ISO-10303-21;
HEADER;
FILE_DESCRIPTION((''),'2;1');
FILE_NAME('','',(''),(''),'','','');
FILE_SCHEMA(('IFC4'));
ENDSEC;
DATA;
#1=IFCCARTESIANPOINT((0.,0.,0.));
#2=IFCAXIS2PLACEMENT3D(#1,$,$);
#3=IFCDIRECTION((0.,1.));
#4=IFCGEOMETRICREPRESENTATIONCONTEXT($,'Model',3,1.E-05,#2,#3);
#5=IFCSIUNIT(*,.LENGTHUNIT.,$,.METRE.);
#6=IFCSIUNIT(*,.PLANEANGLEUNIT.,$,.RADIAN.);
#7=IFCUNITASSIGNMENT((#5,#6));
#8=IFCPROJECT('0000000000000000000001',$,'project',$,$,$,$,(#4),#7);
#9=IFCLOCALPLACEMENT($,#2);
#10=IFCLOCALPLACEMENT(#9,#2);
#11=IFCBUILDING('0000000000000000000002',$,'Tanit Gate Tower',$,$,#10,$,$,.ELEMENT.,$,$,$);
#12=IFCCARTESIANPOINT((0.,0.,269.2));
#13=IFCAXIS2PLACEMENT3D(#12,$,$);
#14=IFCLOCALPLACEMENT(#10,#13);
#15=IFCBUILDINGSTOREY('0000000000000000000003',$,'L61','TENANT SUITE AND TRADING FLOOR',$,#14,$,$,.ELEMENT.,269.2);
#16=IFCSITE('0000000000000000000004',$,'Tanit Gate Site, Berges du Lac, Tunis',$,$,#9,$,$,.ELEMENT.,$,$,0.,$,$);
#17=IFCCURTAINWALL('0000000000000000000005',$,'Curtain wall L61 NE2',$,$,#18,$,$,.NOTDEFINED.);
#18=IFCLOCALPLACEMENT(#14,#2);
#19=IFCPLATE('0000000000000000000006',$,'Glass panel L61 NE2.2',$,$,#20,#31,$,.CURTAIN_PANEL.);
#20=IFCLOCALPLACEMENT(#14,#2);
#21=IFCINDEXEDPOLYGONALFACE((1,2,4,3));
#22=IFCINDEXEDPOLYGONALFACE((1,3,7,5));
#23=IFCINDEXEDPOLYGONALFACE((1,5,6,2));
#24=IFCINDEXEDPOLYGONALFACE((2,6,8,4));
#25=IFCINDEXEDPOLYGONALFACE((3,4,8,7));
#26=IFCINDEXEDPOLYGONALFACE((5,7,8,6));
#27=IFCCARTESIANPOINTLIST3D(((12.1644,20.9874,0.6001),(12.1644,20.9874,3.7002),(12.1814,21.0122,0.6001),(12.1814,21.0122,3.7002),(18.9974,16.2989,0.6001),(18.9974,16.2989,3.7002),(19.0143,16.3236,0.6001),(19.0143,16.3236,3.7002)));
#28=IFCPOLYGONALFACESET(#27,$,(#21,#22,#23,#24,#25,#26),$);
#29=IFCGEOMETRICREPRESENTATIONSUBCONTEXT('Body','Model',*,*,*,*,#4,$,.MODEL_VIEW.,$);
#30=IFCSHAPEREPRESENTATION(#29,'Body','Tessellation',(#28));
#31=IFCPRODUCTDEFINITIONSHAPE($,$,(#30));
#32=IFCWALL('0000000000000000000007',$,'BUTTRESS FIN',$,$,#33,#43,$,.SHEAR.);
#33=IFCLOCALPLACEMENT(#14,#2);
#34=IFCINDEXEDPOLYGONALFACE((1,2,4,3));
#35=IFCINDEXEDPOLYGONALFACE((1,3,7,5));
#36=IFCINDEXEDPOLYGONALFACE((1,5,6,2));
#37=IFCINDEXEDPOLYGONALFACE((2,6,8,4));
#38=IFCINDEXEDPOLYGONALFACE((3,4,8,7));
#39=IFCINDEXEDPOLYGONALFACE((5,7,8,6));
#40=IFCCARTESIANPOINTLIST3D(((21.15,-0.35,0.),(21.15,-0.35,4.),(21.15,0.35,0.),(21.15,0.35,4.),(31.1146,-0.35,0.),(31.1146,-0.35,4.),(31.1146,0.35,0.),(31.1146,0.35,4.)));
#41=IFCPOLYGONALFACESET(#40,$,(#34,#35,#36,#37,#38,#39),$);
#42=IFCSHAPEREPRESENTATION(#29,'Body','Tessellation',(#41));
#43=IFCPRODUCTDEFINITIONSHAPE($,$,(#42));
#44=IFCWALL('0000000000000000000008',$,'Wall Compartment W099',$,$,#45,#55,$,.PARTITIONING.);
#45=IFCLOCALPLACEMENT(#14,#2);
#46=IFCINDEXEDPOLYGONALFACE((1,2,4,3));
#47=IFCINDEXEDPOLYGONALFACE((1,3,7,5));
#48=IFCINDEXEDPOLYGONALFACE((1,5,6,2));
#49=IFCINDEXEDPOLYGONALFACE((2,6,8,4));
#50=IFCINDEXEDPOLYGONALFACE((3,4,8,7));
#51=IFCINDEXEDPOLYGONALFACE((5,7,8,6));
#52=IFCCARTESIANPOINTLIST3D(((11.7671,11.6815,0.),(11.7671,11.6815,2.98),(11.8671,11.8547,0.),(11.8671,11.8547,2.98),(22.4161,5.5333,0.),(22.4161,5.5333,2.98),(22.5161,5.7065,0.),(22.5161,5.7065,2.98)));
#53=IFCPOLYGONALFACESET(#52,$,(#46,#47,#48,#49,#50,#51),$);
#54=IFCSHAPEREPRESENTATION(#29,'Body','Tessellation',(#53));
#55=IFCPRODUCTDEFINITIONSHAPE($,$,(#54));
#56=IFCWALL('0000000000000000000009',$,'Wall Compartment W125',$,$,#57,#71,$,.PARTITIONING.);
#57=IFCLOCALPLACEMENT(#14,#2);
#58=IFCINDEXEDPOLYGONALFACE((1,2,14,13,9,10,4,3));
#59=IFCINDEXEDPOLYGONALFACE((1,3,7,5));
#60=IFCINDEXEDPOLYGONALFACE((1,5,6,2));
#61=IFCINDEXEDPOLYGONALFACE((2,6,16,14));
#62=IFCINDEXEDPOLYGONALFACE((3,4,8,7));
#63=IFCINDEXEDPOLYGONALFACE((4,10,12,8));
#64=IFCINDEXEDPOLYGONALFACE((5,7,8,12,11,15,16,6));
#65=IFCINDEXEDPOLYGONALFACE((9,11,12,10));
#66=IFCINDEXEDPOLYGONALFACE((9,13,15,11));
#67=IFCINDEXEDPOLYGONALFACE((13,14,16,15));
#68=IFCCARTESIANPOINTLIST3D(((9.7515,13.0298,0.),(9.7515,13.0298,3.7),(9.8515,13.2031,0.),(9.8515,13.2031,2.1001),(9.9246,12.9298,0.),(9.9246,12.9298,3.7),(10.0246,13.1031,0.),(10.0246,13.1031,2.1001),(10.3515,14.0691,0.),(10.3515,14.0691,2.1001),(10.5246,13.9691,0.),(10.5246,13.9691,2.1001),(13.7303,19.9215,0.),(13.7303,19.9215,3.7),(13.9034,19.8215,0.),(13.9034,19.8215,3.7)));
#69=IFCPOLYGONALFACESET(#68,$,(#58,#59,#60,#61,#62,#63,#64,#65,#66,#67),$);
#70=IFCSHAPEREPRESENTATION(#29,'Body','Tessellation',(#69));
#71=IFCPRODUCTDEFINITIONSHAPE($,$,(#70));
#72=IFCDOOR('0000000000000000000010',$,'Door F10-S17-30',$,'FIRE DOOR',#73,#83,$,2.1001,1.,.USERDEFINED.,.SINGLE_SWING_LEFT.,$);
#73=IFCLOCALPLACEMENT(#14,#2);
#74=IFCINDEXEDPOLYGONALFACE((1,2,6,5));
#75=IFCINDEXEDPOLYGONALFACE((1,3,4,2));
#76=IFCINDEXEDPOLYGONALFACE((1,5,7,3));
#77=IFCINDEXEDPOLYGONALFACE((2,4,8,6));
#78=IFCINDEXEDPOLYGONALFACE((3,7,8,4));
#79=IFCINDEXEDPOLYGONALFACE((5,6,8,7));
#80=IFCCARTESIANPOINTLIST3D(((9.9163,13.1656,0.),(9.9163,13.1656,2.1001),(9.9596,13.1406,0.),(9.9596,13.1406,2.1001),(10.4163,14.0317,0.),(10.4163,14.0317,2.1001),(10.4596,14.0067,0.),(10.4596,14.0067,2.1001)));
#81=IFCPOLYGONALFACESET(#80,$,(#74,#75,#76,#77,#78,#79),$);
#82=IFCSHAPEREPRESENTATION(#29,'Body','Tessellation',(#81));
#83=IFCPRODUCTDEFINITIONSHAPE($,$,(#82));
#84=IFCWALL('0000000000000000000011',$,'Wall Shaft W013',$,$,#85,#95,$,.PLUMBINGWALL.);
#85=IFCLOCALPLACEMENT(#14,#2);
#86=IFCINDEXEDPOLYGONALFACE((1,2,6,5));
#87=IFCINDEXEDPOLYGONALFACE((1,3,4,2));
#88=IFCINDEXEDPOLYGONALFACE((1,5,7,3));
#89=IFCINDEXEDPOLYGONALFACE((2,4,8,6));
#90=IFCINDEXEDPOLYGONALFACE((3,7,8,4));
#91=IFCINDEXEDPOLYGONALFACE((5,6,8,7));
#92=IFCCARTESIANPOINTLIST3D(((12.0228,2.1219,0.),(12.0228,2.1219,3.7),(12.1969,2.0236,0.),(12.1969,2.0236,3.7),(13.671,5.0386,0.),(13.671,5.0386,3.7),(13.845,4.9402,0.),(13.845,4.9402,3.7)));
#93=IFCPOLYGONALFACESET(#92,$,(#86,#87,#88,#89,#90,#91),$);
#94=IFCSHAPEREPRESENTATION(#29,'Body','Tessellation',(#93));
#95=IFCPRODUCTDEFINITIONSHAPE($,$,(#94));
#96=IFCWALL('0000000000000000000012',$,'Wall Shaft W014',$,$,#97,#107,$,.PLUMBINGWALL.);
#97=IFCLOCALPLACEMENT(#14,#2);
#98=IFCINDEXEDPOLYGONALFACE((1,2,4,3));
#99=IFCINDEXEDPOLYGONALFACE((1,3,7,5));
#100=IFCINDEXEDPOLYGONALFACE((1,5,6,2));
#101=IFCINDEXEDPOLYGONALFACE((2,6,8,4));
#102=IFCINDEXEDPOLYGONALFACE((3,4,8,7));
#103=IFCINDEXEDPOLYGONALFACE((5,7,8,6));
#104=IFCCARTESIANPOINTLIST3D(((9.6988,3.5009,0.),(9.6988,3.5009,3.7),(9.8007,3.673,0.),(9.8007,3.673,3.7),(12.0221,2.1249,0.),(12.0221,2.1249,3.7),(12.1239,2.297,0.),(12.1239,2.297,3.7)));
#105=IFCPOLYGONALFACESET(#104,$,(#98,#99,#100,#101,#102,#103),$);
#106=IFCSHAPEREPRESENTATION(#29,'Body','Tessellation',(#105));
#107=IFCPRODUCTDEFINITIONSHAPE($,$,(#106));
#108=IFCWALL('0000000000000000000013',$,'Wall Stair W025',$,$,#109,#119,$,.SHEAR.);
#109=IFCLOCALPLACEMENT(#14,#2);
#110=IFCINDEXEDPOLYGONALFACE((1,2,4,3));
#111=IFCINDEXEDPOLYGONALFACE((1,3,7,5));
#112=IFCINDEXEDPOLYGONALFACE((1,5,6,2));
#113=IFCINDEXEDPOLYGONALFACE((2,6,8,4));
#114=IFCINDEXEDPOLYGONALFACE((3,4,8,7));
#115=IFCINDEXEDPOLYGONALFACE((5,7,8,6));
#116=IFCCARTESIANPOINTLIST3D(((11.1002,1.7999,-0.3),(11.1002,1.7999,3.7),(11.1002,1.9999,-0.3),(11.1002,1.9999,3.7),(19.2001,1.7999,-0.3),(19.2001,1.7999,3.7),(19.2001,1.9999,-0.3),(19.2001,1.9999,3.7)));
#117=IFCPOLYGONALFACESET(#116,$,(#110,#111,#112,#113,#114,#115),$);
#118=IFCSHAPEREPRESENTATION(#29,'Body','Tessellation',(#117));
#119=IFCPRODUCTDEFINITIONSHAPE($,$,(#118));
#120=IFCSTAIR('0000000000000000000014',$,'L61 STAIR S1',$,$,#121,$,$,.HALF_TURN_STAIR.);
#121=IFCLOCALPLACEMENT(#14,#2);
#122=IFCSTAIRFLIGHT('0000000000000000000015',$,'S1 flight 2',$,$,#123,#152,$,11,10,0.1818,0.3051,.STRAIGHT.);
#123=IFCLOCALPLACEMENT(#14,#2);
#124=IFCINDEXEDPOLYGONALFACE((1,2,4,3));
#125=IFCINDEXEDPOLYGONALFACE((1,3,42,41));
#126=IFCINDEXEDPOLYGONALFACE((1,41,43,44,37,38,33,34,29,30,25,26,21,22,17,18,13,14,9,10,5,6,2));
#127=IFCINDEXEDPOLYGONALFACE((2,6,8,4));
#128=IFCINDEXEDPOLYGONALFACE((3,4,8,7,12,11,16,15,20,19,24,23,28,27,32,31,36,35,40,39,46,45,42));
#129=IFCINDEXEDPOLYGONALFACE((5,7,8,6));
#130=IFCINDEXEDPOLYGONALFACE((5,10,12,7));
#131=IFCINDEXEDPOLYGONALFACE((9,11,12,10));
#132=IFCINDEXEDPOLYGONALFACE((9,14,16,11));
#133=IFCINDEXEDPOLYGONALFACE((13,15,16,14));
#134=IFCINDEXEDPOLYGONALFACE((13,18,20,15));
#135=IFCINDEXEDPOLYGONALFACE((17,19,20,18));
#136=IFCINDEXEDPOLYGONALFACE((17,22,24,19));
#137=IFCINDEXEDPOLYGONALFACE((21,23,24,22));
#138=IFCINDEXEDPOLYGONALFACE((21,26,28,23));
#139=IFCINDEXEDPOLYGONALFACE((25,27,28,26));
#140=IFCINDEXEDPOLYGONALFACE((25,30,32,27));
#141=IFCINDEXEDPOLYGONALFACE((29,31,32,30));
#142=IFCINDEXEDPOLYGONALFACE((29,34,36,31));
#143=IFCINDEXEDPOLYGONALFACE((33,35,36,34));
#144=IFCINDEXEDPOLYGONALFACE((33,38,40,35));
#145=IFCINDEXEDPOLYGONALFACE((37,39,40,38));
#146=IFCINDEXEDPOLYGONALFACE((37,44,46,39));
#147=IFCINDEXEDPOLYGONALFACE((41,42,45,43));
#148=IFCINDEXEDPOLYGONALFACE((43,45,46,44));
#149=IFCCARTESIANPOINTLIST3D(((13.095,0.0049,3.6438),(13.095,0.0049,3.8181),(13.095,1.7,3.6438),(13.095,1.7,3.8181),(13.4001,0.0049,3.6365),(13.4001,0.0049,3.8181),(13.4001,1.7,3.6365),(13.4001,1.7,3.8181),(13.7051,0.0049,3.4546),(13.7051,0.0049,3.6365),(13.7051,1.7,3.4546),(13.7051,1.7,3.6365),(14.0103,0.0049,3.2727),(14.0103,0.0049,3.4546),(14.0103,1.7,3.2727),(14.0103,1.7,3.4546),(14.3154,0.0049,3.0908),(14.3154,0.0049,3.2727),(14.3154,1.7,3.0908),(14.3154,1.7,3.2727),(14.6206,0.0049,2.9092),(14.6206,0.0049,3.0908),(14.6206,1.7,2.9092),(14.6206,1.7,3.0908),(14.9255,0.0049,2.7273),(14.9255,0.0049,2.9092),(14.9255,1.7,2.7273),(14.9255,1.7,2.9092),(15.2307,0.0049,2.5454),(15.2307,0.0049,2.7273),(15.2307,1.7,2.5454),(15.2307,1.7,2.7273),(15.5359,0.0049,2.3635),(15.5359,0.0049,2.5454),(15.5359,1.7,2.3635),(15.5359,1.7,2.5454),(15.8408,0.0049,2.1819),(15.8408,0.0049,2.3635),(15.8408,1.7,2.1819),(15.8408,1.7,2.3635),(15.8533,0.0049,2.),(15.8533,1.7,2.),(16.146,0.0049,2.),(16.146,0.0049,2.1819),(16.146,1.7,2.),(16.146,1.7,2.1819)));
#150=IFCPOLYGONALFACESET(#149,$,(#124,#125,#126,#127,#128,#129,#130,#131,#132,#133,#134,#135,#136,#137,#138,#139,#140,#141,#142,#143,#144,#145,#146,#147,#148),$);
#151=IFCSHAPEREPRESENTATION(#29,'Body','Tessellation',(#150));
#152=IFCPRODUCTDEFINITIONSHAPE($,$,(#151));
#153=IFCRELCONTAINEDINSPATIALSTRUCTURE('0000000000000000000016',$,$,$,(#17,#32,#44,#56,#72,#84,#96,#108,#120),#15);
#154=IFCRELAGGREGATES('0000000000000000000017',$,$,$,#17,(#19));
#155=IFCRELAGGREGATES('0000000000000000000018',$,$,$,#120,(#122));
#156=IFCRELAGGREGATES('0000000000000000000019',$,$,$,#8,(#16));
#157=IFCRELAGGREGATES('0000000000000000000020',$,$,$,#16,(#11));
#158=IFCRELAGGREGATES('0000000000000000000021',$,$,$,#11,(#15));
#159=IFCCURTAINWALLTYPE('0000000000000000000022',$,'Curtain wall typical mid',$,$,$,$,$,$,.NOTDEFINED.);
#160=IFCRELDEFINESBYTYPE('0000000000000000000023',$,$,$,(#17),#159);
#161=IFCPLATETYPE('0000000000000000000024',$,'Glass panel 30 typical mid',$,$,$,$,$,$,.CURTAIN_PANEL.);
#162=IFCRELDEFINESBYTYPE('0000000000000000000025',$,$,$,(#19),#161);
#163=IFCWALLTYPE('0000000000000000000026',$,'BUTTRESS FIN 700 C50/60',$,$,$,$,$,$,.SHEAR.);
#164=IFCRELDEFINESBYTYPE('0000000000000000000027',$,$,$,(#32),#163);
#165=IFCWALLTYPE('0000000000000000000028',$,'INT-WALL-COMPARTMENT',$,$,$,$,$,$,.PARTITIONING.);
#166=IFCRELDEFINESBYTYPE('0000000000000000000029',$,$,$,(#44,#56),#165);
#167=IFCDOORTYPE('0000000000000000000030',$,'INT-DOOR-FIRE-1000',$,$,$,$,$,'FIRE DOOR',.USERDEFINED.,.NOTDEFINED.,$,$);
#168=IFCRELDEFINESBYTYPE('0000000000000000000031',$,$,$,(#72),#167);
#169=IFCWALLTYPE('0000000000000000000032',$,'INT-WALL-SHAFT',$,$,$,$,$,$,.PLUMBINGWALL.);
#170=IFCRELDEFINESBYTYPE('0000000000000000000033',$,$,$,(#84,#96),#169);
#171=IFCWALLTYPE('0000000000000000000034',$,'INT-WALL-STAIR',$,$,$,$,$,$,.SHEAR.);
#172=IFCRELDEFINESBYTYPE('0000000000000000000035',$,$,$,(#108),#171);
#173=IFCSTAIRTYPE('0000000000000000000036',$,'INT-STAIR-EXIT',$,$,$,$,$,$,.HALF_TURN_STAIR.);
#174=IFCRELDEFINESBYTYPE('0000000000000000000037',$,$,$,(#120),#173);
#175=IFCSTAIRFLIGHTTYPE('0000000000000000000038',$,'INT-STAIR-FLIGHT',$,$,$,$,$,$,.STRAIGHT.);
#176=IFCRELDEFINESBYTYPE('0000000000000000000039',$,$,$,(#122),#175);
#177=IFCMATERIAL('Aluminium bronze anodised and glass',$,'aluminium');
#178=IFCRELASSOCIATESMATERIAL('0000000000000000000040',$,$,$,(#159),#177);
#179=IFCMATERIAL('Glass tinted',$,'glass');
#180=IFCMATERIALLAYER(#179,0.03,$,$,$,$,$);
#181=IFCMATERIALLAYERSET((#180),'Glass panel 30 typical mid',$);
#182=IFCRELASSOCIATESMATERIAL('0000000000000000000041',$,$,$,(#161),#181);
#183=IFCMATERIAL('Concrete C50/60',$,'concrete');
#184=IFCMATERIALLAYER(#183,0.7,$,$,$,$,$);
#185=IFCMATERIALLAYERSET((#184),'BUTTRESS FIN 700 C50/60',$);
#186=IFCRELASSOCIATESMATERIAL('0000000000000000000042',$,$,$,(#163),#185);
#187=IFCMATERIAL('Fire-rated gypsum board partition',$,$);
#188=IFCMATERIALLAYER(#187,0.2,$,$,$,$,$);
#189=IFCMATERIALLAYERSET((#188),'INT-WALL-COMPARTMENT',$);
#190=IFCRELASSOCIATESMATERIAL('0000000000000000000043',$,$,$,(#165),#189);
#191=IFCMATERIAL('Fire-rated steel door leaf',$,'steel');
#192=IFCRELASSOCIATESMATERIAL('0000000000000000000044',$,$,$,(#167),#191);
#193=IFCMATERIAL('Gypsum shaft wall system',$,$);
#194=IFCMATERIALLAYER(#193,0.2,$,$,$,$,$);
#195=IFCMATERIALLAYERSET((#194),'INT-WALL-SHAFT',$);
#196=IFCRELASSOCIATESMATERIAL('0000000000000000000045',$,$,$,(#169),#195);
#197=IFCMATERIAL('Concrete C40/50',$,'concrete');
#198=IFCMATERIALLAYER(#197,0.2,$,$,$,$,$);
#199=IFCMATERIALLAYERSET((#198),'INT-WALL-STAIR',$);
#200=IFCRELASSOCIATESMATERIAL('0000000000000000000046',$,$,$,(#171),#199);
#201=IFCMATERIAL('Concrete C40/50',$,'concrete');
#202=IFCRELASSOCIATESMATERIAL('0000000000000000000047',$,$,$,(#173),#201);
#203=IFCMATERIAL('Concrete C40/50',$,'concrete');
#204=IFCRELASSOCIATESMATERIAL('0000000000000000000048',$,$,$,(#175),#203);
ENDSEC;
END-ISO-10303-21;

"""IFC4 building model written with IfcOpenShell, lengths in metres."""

from ifc_helpers import new_model, si_unit, direction, frame, frame_2d, origin, origin_2d, place, context, subcontext, project, spatial, polyline, rectangle, outline, extrude, material, layer, layer_set, type_object, element, fill, aggregate, save


model = new_model("IFC4")

# Units and contexts
model_context = context("Model", 3, precision=1e-05, world=origin(), true_north=direction((0.0, 1.0)))
body_context = subcontext(model_context, "Body", "Model", "MODEL_VIEW")
ifc_project = project(units=[si_unit("LENGTHUNIT", "METRE"), si_unit("PLANEANGLEUNIT", "RADIAN")], contexts=[model_context])

# Site, building, storey
site_placement = place(None, origin())
site = spatial("IfcSite", under=ifc_project, at=site_placement, Name="Tanit Gate Site, Berges du Lac, Tunis", CompositionType="ELEMENT", RefElevation=0.0)
building_placement = place(site_placement, origin())
building = spatial("IfcBuilding", under=site, at=building_placement, Name="Tanit Gate Tower", CompositionType="ELEMENT")
storey_placement = place(building_placement, frame((0.0, 0.0, 269.2)))
storey = spatial("IfcBuildingStorey", under=building, at=storey_placement, Name="L61", Description="TENANT SUITE AND TRADING FLOOR", CompositionType="ELEMENT", Elevation=269.2)

# Curtain wall
ifc_material_1 = material(Name="Aluminium bronze anodised and glass", Category="aluminium")
curtain_wall_type = type_object("IfcCurtainWallType", Name="Curtain wall typical mid", PredefinedType="NOTDEFINED", material=ifc_material_1)
curtain_wall_placement = place(storey_placement, origin())
curtain_wall = element("IfcCurtainWall", 1, at=curtain_wall_placement, inside=storey, type_object=curtain_wall_type, Name="Curtain wall L61 NE2", PredefinedType="NOTDEFINED")

# Plate
ifc_material_2 = material(Name="Glass tinted", Category="glass")
ifc_layer_1 = layer(ifc_material_2, 0.03)
ifc_layer_set_1 = layer_set([ifc_layer_1], Name="Glass panel 30 typical mid")
plate_type = type_object("IfcPlateType", Name="Glass panel 30 typical mid", PredefinedType="CURTAIN_PANEL", material=ifc_layer_set_1)
plate_1_placement = place(storey_placement, frame((15.5894, 18.6555, 0.6001), z_axis=(0.0, 0.0, 1.0), x_axis=(-0.824557, 0.56578, 0.0)))
plate_1 = element("IfcPlate", 2, at=plate_1_placement, type_object=plate_type, Name="Glass panel L61 NE2.2", PredefinedType="CURTAIN_PANEL", context=body_context, shape_type="SweptSolid", body=[
    extrude(rectangle(XDim=8.2869, YDim=0.03, at=origin_2d()), origin(), (0.0, 0.0, 1.0), 3.1001),
])
aggregate(curtain_wall, [plate_1])

# Wall
ifc_material_3 = material(Name="Concrete C50/60", Category="concrete")
ifc_layer_2 = layer(ifc_material_3, 0.7)
ifc_layer_set_2 = layer_set([ifc_layer_2], Name="BUTTRESS FIN 700 C50/60")
wall_type_1 = type_object("IfcWallType", Name="BUTTRESS FIN 700 C50/60", PredefinedType="SHEAR", material=ifc_layer_set_2)
wall_1_placement = place(storey_placement, frame((21.1499, 0.0, 0.0), z_axis=(0.0, 0.0, 1.0), x_axis=(1.0, 0.0, 0.0)))
element("IfcWall", 3, at=wall_1_placement, inside=storey, type_object=wall_type_1, Name="BUTTRESS FIN", PredefinedType="SHEAR", context=body_context, shape_type="SweptSolid", body=[
    extrude(rectangle(XDim=9.9646, YDim=0.7, at=frame_2d((4.9824, 0.0))), origin(), (0.0, 0.0, 1.0), 4.0),
])

# Wall
ifc_material_4 = material(Name="Fire-rated gypsum board partition")
ifc_layer_3 = layer(ifc_material_4, 0.2)
ifc_layer_set_3 = layer_set([ifc_layer_3], Name="INT-WALL-COMPARTMENT")
wall_type_2 = type_object("IfcWallType", Name="INT-WALL-COMPARTMENT", PredefinedType="PARTITIONING", material=ifc_layer_set_3)
wall_2_placement = place(storey_placement, frame((22.4661, 5.6199, 0.0), z_axis=(0.0, 0.0, 1.0), x_axis=(-0.866024, 0.500002, 0.0)))
element("IfcWall", 4, at=wall_2_placement, inside=storey, type_object=wall_type_2, Name="Wall Compartment W099", PredefinedType="PARTITIONING", context=body_context, shape_type="SweptSolid", body=[
    extrude(rectangle(XDim=12.2964, YDim=0.2, at=frame_2d((6.1482, 0.0))), origin(), (0.0, 0.0, 1.0), 2.98),
])

# Wall, opening, door
wall_3_placement = place(storey_placement, frame((13.8169, 19.8716, 0.0), z_axis=(0.0, 0.0, 1.0), x_axis=(-0.49999, -0.866031, 0.0)))
wall_3 = element("IfcWall", 5, at=wall_3_placement, inside=storey, type_object=wall_type_2, Name="Wall Compartment W125", PredefinedType="PARTITIONING", context=body_context, shape_type="SweptSolid", body=[
    extrude(rectangle(XDim=7.9578, YDim=0.2, at=frame_2d((3.979, 0.0))), origin(), (0.0, 0.0, 1.0), 3.7),
])
opening_1_placement = place(wall_3_placement, frame((6.7578, 0.0, 0.0)))
opening_1 = element("IfcOpeningElement", 6, at=opening_1_placement, cuts=wall_3, PredefinedType="OPENING", context=body_context, shape_type="SweptSolid", body=[
    extrude(rectangle(XDim=1.0, YDim=2.1001, at=frame_2d((0.5, 1.05))), frame((0.0, 0.1099, 0.0), z_axis=(0.0, -1.0, 0.0), x_axis=(1.0, 0.0, 0.0)), (0.0, 0.0, 1.0), 0.22),
])
ifc_material_5 = material(Name="Fire-rated steel door leaf", Category="steel")
door_type_1 = type_object("IfcDoorType", Name="INT-DOOR-FIRE-1000", ElementType="FIRE DOOR", OperationType="NOTDEFINED", PredefinedType="USERDEFINED", material=ifc_material_5)
door_1_placement = place(opening_1_placement, origin())
door_1 = element("IfcDoor", 7, at=door_1_placement, inside=storey, type_object=door_type_1, Name="Door F10-S17-30", ObjectType="FIRE DOOR", OperationType="SINGLE_SWING_LEFT", OverallHeight=2.1001, OverallWidth=1.0, PredefinedType="USERDEFINED", context=body_context, shape_type="SweptSolid", body=[
    extrude(rectangle(XDim=1.0, YDim=2.1001, at=frame_2d((0.5, 1.05))), frame((0.0, 0.0249, 0.0), z_axis=(0.0, -1.0, 0.0), x_axis=(1.0, 0.0, 0.0)), (0.0, 0.0, 1.0), 0.05),
])
fill(opening_1, door_1)

# Walls
ifc_material_6 = material(Name="Gypsum shaft wall system")
ifc_layer_4 = layer(ifc_material_6, 0.2)
ifc_layer_set_4 = layer_set([ifc_layer_4], Name="INT-WALL-SHAFT")
wall_type_3 = type_object("IfcWallType", Name="INT-WALL-SHAFT", PredefinedType="PLUMBINGWALL", material=ifc_layer_set_4)
wall_4_placement = place(storey_placement, frame((12.1099, 2.0728, 0.0), z_axis=(0.0, 0.0, 1.0), x_axis=(0.491966, 0.870614, 0.0)))
element("IfcWall", 8, at=wall_4_placement, inside=storey, type_object=wall_type_3, Name="Wall Shaft W013", PredefinedType="PLUMBINGWALL", context=body_context, shape_type="SweptSolid", body=[
    extrude(rectangle(XDim=3.3501, YDim=0.2, at=frame_2d((1.675, 0.0))), origin(), (0.0, 0.0, 1.0), 3.7),
])
wall_5_placement = place(storey_placement, frame((12.073, 2.2109, 0.0), z_axis=(0.0, 0.0, 1.0), x_axis=(-0.860415, 0.509594, 0.0)))
element("IfcWall", 9, at=wall_5_placement, inside=storey, type_object=wall_type_3, Name="Wall Shaft W014", PredefinedType="PLUMBINGWALL", context=body_context, shape_type="SweptSolid", body=[
    extrude(rectangle(XDim=2.7002, YDim=0.2, at=frame_2d((1.3501, 0.0))), origin(), (0.0, 0.0, 1.0), 3.7),
])
ifc_material_7 = material(Name="Concrete C40/50", Category="concrete")
ifc_layer_5 = layer(ifc_material_7, 0.2)
ifc_layer_set_5 = layer_set([ifc_layer_5], Name="INT-WALL-STAIR")
wall_type_4 = type_object("IfcWallType", Name="INT-WALL-STAIR", PredefinedType="SHEAR", material=ifc_layer_set_5)
wall_6_placement = place(storey_placement, frame((19.2, 1.8999, -0.3), z_axis=(0.0, 0.0, 1.0), x_axis=(-1.0, 0.0, 0.0)))
element("IfcWall", 10, at=wall_6_placement, inside=storey, type_object=wall_type_4, Name="Wall Stair W025", PredefinedType="SHEAR", context=body_context, shape_type="SweptSolid", body=[
    extrude(rectangle(XDim=8.0999, YDim=0.2, at=frame_2d((4.0498, 0.0))), origin(), (0.0, 0.0, 1.0), 4.0),
])

# Stair, stair flight
ifc_material_8 = material(Name="Concrete C40/50", Category="concrete")
stair_type = type_object("IfcStairType", Name="INT-STAIR-EXIT", PredefinedType="HALF_TURN_STAIR", material=ifc_material_8)
stair_placement = place(storey_placement, origin())
stair = element("IfcStair", 11, at=stair_placement, inside=storey, type_object=stair_type, Name="L61 STAIR S1", PredefinedType="HALF_TURN_STAIR")
ifc_material_9 = material(Name="Concrete C40/50", Category="concrete")
stair_flight_type = type_object("IfcStairFlightType", Name="INT-STAIR-FLIGHT", PredefinedType="STRAIGHT", material=ifc_material_9)
stair_flight_placement = place(storey_placement, frame((16.146, 0.8525, 2.0), z_axis=(0.0, 0.0, 1.0), x_axis=(-1.0, 0.0, 0.0)))
stair_flight = element("IfcStairFlight", 12, at=stair_flight_placement, type_object=stair_flight_type, Name="S1 flight 2", NumberOfRisers=11, NumberOfTreads=10, PredefinedType="STRAIGHT", RiserHeight=0.1818, TreadLength=0.3051, context=body_context, shape_type="SweptSolid", body=[
    extrude(outline(polyline([(0.0, 0.0), (0.0, 0.1819), (0.3052, 0.1819), (0.3052, 0.3635), (0.6101, 0.3635), (0.6101, 0.5454), (0.9153, 0.5454), (0.9153, 0.7273), (1.2205, 0.7273), (1.2205, 0.9092), (1.5254, 0.9092), (1.5254, 1.0908), (1.8306, 1.0908), (1.8306, 1.2727), (2.1357, 1.2727), (2.1357, 1.4546), (2.4409, 1.4546), (2.4409, 1.6365), (2.7458, 1.6365), (2.7458, 1.8181), (3.051, 1.8181), (3.051, 2.0), (3.051, 1.6438), (0.2927, 0.0), (0.0, 0.0)])), frame((0.0, 0.8477, 0.0), z_axis=(0.0, -1.0, 0.0), x_axis=(1.0, 0.0, 0.0)), (0.0, 0.0, 1.0), 1.6951),
])
aggregate(stair, [stair_flight])

save(model, "model.ifc")
